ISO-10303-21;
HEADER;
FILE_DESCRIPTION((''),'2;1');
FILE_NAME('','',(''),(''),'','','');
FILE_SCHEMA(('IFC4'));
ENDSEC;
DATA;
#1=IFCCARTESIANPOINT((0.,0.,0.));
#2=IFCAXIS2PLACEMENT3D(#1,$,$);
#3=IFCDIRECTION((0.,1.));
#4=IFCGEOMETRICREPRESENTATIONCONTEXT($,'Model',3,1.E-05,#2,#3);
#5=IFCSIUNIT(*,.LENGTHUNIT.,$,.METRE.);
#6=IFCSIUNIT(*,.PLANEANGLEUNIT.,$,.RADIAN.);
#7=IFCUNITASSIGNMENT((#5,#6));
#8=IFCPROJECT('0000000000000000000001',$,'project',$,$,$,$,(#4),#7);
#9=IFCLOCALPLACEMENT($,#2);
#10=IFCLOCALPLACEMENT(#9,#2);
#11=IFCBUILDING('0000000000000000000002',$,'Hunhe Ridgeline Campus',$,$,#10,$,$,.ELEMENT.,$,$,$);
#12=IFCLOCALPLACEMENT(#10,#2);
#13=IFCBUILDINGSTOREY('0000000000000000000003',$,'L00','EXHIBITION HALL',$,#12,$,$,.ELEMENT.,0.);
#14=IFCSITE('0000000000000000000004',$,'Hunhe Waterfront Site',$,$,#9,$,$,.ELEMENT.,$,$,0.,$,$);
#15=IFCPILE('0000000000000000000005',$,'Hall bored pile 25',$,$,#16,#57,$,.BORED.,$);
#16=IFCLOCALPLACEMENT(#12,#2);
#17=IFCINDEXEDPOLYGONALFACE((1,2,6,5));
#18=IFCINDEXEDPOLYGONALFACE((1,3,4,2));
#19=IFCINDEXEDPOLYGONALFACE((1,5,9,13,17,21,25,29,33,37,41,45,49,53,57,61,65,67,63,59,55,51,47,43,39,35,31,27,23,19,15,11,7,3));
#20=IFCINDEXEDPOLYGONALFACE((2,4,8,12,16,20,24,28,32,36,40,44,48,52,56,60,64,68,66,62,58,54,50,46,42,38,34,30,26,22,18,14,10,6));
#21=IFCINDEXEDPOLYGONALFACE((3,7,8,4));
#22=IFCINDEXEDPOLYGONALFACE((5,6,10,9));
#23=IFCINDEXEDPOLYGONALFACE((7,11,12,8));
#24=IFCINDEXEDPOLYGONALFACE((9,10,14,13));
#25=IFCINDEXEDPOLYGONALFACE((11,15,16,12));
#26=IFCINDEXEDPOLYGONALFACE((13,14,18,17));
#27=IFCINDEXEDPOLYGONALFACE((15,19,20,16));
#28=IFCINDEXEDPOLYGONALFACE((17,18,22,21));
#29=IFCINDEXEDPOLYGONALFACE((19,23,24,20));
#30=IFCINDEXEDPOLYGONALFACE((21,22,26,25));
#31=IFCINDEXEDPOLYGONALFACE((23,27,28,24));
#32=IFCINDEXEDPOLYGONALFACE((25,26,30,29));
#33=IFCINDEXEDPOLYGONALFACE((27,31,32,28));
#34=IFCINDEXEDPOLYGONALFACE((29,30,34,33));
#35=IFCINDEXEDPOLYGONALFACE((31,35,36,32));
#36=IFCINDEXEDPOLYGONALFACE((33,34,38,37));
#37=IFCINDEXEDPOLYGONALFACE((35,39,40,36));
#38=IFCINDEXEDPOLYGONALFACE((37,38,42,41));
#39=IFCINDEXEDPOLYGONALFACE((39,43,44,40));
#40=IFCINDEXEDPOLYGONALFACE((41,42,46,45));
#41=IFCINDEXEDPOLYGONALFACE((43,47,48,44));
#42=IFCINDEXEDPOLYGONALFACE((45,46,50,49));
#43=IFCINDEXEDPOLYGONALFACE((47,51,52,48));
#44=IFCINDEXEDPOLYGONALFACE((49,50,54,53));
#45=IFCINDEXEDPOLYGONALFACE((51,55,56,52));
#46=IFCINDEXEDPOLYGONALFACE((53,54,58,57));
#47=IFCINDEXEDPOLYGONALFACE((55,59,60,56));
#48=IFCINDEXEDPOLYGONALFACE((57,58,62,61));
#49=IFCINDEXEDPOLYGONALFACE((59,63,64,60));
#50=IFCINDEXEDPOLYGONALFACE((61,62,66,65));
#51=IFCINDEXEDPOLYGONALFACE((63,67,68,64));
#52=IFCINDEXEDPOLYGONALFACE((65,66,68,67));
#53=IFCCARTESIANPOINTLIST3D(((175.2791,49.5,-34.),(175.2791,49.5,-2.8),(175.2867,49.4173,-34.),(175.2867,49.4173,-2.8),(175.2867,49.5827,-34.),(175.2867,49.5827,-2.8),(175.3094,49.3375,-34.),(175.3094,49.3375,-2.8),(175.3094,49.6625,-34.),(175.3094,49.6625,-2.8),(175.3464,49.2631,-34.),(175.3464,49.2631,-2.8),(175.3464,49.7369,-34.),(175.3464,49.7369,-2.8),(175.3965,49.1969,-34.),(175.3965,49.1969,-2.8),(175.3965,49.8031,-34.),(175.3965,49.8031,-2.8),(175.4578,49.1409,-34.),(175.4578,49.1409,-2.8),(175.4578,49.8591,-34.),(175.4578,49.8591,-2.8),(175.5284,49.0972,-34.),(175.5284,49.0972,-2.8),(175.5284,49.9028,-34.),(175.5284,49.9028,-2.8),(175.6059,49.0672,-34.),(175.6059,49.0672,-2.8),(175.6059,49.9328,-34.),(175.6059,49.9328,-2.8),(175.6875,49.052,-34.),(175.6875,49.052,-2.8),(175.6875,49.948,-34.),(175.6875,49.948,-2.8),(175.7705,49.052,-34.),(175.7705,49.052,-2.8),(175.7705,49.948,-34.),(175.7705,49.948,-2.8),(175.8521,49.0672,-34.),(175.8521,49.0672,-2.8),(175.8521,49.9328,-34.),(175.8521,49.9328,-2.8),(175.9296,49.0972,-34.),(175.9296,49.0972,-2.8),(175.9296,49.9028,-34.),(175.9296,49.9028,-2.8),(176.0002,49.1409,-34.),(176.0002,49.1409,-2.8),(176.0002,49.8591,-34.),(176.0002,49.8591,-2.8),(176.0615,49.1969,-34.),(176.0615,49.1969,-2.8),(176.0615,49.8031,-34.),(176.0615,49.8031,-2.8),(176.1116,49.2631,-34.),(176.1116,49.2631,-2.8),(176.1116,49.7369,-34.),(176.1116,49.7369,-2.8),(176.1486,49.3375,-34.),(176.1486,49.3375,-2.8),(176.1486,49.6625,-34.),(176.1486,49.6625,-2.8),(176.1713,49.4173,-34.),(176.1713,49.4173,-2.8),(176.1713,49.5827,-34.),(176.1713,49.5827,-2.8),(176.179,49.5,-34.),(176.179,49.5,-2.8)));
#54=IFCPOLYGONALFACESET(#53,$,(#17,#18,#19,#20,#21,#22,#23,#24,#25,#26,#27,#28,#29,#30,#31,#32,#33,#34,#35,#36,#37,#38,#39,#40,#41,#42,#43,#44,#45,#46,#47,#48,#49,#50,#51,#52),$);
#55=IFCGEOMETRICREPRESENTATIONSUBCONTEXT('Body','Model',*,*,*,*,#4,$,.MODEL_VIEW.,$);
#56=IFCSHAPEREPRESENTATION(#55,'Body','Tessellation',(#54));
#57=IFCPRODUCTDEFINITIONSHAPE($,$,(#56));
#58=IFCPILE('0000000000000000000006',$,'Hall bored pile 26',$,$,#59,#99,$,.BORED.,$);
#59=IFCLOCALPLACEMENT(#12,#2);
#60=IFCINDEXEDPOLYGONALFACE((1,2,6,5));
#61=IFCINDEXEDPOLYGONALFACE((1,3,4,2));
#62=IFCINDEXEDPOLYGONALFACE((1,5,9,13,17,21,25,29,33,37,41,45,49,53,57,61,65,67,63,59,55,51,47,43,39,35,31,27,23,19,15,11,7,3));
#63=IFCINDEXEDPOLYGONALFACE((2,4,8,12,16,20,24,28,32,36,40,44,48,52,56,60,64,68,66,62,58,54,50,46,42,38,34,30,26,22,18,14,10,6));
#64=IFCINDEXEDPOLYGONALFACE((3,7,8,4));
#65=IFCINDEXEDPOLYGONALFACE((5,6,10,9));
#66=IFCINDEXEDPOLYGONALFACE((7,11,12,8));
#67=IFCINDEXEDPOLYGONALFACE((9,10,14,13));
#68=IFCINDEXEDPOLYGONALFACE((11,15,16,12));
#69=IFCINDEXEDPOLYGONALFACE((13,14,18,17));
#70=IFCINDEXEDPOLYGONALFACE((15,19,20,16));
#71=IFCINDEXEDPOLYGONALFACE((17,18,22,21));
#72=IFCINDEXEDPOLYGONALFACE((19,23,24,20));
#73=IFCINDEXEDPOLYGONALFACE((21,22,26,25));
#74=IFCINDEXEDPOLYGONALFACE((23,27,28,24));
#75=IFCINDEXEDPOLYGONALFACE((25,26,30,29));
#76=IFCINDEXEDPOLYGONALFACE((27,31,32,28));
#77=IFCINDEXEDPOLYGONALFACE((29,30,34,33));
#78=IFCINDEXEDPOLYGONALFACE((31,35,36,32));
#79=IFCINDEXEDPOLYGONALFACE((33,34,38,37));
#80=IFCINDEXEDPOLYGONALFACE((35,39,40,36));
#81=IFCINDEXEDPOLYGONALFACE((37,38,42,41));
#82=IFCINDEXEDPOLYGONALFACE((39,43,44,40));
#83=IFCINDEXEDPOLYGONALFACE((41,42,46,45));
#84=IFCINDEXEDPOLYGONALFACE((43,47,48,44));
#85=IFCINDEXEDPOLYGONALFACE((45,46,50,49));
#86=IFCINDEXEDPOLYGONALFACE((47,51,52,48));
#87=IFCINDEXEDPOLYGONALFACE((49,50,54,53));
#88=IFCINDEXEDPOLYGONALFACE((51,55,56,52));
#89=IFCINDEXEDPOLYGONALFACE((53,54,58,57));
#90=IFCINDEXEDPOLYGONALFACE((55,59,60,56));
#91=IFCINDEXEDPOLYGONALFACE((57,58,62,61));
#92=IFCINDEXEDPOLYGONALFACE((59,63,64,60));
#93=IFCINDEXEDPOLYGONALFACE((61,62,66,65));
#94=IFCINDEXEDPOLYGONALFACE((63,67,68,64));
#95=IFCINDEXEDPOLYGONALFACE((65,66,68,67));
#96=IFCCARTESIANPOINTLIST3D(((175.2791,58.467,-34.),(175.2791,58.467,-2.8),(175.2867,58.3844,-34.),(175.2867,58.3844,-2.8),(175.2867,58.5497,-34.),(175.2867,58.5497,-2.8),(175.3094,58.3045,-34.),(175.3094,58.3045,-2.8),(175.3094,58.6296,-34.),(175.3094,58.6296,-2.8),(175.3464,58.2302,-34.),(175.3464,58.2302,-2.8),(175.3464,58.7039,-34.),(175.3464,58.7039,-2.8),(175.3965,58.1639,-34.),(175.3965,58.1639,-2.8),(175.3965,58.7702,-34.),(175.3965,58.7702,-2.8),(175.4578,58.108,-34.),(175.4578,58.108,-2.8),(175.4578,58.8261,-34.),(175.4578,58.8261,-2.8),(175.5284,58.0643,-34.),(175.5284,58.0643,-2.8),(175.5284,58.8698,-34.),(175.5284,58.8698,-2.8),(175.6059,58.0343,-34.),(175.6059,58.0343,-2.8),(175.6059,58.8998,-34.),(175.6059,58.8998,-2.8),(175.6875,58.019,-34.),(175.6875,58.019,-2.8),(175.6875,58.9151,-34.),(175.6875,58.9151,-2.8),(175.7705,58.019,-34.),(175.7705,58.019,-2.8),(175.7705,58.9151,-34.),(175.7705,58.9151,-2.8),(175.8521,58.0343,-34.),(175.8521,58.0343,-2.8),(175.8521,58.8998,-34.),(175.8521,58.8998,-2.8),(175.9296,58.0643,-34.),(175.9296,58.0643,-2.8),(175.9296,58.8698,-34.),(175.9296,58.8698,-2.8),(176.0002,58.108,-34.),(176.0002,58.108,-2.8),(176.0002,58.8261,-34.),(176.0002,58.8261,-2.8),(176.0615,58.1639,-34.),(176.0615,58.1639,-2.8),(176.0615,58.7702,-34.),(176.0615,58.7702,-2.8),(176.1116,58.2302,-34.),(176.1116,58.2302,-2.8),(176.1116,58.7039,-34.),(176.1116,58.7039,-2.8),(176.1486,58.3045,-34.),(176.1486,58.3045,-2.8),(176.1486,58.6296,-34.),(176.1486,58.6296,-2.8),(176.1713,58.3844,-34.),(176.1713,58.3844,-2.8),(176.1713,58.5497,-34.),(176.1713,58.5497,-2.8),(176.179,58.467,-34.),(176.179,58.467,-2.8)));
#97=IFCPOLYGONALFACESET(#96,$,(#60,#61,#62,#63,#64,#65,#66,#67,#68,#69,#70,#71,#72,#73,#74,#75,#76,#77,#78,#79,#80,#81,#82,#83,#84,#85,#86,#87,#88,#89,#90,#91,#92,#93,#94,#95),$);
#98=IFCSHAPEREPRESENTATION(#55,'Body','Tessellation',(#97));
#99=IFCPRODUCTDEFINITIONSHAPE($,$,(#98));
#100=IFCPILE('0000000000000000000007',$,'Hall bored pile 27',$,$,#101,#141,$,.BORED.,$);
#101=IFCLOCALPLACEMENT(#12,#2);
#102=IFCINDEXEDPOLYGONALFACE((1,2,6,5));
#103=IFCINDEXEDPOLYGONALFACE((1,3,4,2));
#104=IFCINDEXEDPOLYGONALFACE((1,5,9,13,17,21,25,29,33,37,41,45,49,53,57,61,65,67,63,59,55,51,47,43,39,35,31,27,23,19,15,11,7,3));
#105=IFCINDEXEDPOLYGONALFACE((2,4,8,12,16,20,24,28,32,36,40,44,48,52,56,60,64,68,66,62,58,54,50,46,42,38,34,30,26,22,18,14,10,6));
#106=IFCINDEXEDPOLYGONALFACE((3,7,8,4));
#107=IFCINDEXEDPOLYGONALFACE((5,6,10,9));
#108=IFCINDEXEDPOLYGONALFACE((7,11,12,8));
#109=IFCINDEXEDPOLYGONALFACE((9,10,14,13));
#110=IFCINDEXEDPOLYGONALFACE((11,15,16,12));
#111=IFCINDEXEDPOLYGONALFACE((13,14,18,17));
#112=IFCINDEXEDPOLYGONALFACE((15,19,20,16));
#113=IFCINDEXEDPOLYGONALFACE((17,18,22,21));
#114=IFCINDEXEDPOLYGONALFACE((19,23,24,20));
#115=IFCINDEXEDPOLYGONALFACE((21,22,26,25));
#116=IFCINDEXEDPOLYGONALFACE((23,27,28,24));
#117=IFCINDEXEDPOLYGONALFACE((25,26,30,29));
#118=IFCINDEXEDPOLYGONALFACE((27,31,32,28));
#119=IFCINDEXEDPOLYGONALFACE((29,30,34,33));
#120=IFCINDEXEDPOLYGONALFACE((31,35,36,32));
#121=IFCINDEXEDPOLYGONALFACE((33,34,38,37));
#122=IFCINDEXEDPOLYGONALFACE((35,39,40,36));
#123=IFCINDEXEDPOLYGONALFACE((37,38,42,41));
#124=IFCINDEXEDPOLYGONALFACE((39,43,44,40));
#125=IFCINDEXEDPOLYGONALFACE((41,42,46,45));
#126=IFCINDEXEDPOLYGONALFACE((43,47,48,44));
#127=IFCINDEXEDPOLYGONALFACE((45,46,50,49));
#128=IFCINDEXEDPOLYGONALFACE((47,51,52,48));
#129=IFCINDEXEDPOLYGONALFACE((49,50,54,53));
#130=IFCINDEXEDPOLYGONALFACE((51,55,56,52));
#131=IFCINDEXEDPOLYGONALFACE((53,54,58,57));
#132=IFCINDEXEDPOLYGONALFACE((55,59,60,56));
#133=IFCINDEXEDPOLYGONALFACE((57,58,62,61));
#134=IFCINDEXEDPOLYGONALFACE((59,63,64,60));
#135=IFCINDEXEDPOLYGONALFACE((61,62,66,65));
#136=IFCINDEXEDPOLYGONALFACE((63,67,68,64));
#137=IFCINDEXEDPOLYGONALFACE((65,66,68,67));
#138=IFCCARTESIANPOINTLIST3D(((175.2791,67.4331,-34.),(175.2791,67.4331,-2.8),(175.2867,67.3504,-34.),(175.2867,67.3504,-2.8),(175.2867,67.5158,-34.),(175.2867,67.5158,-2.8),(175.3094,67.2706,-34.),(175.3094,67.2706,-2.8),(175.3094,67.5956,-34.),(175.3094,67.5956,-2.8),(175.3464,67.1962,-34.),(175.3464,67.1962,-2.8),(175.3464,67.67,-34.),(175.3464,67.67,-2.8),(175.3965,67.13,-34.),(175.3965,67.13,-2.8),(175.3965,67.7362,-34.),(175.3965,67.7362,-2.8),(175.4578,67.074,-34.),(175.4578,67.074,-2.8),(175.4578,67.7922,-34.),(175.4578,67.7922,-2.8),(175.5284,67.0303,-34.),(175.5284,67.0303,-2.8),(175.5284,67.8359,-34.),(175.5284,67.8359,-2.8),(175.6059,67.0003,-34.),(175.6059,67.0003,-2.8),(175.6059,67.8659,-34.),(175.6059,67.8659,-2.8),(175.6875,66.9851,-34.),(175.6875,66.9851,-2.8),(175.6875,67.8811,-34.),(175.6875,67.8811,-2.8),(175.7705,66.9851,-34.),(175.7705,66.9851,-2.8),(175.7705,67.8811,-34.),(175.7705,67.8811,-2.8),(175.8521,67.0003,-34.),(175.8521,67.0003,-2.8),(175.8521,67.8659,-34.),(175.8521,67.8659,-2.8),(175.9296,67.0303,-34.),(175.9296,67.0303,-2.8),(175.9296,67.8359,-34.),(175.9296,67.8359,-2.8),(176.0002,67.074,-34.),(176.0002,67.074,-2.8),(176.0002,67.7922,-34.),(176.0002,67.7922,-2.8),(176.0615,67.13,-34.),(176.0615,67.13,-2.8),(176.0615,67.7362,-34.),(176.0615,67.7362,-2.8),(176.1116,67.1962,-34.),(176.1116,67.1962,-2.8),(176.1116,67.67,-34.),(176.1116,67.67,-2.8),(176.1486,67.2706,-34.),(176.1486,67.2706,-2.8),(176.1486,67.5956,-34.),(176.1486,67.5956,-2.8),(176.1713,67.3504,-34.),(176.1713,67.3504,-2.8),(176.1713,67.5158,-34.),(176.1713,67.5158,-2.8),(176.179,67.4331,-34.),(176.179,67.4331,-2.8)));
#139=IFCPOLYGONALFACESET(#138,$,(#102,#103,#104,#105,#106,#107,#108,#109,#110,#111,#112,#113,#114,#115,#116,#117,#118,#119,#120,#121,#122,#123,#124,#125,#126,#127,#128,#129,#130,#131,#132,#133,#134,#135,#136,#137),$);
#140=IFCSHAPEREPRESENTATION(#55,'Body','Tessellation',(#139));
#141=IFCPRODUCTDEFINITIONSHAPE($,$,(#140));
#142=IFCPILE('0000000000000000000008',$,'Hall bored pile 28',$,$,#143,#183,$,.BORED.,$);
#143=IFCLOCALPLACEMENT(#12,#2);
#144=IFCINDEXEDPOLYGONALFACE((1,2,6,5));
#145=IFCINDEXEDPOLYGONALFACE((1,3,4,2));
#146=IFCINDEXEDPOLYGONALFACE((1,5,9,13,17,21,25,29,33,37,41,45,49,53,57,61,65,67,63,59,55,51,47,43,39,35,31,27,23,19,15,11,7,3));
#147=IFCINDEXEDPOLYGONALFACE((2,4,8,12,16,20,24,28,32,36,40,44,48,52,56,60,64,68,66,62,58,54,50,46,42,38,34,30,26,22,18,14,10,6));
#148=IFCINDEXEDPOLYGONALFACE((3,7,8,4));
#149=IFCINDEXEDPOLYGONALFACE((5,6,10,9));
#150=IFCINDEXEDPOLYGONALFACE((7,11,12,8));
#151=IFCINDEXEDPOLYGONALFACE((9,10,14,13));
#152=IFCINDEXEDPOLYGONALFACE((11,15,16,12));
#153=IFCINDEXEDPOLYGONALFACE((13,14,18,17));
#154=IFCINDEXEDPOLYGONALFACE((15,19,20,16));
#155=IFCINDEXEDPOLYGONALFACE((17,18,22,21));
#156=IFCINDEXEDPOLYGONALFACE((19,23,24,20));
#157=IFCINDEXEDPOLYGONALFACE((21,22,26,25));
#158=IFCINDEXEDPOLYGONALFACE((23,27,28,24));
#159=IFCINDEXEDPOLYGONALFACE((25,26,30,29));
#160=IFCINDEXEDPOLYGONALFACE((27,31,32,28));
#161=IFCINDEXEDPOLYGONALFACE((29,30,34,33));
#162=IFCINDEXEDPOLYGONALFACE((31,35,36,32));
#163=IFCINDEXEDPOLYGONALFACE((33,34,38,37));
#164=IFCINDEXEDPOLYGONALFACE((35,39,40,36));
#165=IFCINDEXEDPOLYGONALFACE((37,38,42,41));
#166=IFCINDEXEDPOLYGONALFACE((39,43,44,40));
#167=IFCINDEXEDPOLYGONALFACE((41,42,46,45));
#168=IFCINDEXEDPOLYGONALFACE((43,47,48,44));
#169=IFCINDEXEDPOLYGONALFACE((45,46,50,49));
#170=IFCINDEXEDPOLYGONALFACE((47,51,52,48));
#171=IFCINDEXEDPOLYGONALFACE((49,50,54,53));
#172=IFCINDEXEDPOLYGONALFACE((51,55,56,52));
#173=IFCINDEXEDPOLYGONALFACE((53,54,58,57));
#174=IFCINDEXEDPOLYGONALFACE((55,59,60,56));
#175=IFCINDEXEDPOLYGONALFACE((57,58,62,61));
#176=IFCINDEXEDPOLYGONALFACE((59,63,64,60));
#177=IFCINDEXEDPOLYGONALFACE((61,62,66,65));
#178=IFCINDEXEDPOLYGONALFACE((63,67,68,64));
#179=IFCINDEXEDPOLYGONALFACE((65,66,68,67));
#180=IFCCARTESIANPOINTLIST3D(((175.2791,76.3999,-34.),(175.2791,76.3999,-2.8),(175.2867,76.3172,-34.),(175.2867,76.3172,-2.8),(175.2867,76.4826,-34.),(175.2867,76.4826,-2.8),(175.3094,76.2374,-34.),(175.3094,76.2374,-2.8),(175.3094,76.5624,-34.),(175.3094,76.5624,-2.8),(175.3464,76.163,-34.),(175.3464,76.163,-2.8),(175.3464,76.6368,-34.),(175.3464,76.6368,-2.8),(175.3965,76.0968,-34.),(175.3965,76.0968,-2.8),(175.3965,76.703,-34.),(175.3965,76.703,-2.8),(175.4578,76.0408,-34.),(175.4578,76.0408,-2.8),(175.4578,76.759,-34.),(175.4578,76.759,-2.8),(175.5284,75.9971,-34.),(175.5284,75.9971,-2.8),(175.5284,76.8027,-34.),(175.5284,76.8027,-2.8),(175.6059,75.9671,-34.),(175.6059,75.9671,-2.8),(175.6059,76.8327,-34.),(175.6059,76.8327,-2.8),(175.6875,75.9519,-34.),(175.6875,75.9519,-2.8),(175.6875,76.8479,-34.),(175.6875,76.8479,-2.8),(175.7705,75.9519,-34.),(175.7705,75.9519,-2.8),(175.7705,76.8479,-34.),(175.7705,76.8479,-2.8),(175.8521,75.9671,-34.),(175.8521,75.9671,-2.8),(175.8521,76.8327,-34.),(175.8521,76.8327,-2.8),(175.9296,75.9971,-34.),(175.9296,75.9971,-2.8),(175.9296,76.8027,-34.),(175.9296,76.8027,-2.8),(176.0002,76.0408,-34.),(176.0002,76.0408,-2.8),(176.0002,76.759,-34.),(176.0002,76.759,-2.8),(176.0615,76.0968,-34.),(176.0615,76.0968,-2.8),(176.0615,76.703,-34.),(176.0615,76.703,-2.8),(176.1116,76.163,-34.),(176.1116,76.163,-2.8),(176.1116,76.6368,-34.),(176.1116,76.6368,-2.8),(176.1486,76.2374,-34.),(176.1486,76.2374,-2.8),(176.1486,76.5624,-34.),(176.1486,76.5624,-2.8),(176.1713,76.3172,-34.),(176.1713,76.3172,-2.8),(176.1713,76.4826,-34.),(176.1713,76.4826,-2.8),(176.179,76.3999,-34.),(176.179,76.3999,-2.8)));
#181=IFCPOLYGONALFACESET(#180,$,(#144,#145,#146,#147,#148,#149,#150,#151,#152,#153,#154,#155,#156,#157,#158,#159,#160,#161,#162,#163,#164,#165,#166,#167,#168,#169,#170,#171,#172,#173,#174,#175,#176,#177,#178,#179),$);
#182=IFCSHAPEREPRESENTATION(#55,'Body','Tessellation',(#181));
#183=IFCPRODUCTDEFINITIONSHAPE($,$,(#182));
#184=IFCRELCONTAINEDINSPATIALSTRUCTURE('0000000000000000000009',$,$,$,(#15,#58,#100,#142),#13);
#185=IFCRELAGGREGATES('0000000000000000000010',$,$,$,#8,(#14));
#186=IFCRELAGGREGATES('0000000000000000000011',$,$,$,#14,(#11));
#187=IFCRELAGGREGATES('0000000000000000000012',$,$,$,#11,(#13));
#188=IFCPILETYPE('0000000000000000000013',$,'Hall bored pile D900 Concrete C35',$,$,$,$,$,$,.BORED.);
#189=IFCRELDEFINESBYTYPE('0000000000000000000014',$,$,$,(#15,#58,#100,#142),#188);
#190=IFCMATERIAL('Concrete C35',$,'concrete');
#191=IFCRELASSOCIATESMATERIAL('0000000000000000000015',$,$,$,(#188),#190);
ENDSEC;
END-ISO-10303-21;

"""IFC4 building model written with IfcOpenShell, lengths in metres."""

from ifc_helpers import new_model, si_unit, direction, frame, origin, origin_2d, place, context, subcontext, project, spatial, circle, extrude, material, material_profile, profile_set, type_object, element, save


model = new_model("IFC4")

# Units and contexts
model_context = context("Model", 3, precision=1e-05, world=origin(), true_north=direction((0.0, 1.0)))
body_context = subcontext(model_context, "Body", "Model", "MODEL_VIEW")
ifc_project = project(units=[si_unit("LENGTHUNIT", "METRE"), si_unit("PLANEANGLEUNIT", "RADIAN")], contexts=[model_context])

# Site, building, storey
site_placement = place(None, origin())
site = spatial("IfcSite", under=ifc_project, at=site_placement, Name="Hunhe Waterfront Site", CompositionType="ELEMENT", RefElevation=0.0)
building_placement = place(site_placement, origin())
building = spatial("IfcBuilding", under=site, at=building_placement, Name="Hunhe Ridgeline Campus", CompositionType="ELEMENT")
storey_placement = place(building_placement, origin())
storey = spatial("IfcBuildingStorey", under=building, at=storey_placement, Name="L00", Description="EXHIBITION HALL", CompositionType="ELEMENT", Elevation=0.0)

# Piles
ifc_material_1 = material(Name="Concrete C35", Category="concrete")
ifc_material_profile_1 = material_profile(ifc_material_1, circle(Radius=0.45, at=origin_2d()))
ifc_profile_set_1 = profile_set([ifc_material_profile_1], Name="Concrete C35")
pile_type = type_object("IfcPileType", Name="Hall bored pile D900 Concrete C35", PredefinedType="BORED", material=ifc_profile_set_1)
for number, where, z_axis, x_axis, name in (
    (1, (175.729, 49.5, -2.8), (0.0, 0.0, -1.0), (1.0, 0.0, 0.0), "Hall bored pile 25"),
    (2, (175.729, 58.467, -2.8), (0.0, 0.0, -1.0), (1.0, 0.0, 0.0), "Hall bored pile 26"),
    (3, (175.729, 67.4331, -2.8), (0.0, 0.0, -1.0), (1.0, 0.0, 0.0), "Hall bored pile 27"),
    (4, (175.729, 76.3999, -2.8), (0.0, 0.0, -1.0), (1.0, 0.0, 0.0), "Hall bored pile 28"),
):
    element("IfcPile", number, at=place(storey_placement, frame(where, z_axis=z_axis, x_axis=x_axis)), inside=storey, type_object=pile_type, Name=name, PredefinedType="BORED", context=body_context, shape_type="SweptSolid", body=[
        extrude(circle(Radius=0.45, at=origin_2d()), origin(), (0.0, 0.0, 1.0), 31.2),
    ])

save(model, "model.ifc")
